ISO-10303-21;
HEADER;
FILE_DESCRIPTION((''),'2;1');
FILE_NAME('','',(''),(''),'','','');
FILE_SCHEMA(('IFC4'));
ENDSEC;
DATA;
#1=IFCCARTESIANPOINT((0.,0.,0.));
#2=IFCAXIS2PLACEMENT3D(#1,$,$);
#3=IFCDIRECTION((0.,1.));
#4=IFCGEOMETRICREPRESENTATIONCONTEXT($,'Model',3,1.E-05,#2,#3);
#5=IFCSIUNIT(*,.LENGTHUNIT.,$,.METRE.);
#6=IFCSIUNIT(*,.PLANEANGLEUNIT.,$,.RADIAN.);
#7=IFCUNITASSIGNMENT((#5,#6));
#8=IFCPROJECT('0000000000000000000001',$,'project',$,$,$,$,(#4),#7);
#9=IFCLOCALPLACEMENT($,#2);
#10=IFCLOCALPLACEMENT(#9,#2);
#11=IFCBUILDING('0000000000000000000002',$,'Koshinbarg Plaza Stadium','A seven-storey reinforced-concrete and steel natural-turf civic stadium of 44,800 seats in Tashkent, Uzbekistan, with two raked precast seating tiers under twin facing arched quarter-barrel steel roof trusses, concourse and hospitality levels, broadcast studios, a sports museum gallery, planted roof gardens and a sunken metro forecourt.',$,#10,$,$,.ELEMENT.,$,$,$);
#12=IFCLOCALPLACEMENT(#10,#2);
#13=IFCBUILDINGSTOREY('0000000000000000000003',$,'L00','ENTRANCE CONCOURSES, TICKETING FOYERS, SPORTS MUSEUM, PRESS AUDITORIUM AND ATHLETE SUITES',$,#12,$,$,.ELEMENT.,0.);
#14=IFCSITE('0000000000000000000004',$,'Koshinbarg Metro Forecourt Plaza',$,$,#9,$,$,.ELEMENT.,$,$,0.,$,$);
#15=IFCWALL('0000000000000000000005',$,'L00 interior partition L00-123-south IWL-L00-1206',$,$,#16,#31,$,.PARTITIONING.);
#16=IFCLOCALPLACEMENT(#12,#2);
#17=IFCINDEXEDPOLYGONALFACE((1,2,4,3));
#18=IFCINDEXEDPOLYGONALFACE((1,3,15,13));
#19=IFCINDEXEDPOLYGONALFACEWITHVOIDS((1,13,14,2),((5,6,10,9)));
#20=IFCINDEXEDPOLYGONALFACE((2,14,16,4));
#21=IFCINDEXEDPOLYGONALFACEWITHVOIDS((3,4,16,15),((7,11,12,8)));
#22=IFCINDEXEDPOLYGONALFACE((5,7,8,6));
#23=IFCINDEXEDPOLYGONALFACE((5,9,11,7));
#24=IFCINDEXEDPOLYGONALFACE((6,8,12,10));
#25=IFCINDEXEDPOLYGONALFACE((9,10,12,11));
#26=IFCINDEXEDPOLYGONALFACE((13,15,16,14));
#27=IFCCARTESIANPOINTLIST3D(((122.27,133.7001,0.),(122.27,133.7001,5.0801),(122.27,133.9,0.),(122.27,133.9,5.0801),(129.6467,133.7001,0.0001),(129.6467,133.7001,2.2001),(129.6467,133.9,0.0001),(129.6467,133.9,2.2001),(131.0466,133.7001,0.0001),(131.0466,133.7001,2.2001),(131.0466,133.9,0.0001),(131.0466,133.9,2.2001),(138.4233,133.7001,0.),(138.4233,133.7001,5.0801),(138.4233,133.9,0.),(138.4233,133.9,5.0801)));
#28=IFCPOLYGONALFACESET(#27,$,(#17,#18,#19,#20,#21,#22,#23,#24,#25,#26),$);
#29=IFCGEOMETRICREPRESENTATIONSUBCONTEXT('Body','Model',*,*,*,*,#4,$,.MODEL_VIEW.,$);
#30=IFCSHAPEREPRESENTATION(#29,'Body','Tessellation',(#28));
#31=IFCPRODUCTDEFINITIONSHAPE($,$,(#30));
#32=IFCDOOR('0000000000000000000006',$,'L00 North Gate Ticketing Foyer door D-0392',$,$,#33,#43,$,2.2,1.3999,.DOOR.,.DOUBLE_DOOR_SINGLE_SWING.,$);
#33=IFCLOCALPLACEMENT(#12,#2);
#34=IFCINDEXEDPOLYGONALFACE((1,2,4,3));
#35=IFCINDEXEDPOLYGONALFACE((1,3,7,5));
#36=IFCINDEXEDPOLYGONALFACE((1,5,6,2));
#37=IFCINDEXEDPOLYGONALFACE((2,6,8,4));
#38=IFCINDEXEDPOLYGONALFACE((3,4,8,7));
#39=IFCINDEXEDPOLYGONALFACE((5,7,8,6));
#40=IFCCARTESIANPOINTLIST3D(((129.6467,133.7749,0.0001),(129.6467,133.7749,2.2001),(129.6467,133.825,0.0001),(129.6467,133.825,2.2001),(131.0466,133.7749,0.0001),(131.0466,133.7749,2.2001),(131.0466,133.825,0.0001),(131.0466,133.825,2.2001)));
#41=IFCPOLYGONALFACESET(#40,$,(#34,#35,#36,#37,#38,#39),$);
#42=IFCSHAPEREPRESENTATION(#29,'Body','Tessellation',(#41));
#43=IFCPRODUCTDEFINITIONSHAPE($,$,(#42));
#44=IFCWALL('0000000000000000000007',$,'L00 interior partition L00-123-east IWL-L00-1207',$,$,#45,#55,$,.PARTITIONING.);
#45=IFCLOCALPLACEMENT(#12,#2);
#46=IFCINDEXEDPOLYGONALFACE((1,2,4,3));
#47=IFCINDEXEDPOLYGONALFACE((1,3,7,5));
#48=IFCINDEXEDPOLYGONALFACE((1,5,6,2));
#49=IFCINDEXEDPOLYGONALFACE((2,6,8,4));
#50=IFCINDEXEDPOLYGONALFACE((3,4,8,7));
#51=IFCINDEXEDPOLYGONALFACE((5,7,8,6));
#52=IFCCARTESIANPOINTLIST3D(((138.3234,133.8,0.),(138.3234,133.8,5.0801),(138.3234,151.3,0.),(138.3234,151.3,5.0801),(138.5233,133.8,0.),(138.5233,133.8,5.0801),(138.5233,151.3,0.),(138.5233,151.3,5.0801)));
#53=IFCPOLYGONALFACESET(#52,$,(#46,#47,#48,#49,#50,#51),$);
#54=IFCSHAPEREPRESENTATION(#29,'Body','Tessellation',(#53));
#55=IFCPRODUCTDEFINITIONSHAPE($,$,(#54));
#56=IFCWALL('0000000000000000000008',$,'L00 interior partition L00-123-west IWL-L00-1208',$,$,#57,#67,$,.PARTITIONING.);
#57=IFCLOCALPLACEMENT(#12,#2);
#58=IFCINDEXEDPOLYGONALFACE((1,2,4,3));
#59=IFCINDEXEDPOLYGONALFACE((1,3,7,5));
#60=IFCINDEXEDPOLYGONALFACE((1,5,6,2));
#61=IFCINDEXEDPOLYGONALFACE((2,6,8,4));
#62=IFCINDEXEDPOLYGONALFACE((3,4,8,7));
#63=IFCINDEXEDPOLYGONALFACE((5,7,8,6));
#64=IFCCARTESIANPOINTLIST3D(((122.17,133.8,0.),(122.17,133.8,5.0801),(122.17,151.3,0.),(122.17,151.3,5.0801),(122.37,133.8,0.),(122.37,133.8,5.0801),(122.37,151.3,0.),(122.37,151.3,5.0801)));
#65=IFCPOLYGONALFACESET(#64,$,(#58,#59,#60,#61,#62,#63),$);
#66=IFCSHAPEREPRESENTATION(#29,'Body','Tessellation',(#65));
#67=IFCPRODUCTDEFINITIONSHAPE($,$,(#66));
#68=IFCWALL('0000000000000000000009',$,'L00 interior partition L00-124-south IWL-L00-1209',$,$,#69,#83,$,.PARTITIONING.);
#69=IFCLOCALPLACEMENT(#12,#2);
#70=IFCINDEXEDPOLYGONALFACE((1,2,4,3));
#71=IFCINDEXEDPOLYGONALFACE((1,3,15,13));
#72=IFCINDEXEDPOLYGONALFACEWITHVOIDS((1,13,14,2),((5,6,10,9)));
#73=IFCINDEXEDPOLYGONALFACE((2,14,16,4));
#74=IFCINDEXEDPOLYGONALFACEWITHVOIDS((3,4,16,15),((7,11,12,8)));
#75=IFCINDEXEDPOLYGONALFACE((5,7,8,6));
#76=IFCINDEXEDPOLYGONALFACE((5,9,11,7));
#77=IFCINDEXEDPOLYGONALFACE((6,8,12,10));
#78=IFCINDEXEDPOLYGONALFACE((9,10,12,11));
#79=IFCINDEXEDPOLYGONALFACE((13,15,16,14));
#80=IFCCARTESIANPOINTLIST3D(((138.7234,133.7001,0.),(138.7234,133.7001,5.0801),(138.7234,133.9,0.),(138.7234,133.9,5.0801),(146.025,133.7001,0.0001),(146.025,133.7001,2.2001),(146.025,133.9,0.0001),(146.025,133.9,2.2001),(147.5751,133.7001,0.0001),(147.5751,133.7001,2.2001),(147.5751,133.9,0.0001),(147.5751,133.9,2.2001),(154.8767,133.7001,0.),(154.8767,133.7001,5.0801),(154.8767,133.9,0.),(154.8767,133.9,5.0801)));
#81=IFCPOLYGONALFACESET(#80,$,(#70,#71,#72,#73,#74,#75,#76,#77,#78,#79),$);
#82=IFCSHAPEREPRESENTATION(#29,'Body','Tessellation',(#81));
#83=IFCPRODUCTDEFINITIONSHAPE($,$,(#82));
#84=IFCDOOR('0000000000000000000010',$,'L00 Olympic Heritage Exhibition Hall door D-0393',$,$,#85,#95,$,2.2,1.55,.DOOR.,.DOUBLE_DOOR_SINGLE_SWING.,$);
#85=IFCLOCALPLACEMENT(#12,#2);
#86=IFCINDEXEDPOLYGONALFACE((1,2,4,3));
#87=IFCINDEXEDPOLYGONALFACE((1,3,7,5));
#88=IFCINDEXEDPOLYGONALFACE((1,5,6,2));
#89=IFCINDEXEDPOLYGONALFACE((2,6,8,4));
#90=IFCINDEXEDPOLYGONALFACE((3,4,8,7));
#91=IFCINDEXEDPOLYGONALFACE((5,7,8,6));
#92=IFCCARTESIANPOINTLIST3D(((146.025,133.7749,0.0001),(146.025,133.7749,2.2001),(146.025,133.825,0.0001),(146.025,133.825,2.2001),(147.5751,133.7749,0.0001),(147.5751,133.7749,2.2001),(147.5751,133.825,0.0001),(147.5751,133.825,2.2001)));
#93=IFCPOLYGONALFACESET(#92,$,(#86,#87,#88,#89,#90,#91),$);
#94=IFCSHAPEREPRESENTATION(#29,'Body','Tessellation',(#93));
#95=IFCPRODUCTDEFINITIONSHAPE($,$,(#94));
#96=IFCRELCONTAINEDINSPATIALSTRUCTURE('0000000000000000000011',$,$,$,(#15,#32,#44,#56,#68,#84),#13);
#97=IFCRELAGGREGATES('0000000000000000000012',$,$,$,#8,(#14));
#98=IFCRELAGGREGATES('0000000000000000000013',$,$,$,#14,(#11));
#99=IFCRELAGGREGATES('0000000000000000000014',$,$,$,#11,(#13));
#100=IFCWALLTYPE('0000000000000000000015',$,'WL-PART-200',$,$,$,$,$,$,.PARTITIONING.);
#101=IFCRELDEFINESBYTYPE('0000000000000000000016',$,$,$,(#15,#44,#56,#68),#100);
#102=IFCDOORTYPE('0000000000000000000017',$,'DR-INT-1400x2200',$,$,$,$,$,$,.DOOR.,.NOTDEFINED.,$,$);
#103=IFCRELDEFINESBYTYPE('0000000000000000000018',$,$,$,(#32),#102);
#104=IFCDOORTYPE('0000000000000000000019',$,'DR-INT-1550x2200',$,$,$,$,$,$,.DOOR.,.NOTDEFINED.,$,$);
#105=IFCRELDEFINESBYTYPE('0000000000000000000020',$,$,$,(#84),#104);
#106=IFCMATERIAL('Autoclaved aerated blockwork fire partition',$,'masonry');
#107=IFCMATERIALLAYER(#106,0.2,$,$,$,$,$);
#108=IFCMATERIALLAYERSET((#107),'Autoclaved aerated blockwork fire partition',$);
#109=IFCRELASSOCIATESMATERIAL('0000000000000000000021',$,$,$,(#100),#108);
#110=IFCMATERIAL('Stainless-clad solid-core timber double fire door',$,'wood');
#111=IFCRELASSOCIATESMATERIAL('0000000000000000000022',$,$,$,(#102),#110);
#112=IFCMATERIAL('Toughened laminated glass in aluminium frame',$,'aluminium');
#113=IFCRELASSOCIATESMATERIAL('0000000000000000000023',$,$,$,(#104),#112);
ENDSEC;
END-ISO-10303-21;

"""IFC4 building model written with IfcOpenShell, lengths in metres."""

from ifc_helpers import new_model, si_unit, direction, frame, frame_2d, origin, place, context, subcontext, project, spatial, rectangle, extrude, material, layer, layer_set, type_object, element, fill, save


model = new_model("IFC4")

# Units and contexts
model_context = context("Model", 3, precision=1e-05, world=origin(), true_north=direction((0.0, 1.0)))
body_context = subcontext(model_context, "Body", "Model", "MODEL_VIEW")
ifc_project = project(units=[si_unit("LENGTHUNIT", "METRE"), si_unit("PLANEANGLEUNIT", "RADIAN")], contexts=[model_context])

# Site, building, storey
site_placement = place(None, origin())
site = spatial("IfcSite", under=ifc_project, at=site_placement, Name="Koshinbarg Metro Forecourt Plaza", CompositionType="ELEMENT", RefElevation=0.0)
building_placement = place(site_placement, origin())
building = spatial("IfcBuilding", under=site, at=building_placement, Name="Koshinbarg Plaza Stadium", Description="A seven-storey reinforced-concrete and steel natural-turf civic stadium of 44,800 seats in Tashkent, Uzbekistan, with two raked precast seating tiers under twin facing arched quarter-barrel steel roof trusses, concourse and hospitality levels, broadcast studios, a sports museum gallery, planted roof gardens and a sunken metro forecourt.", CompositionType="ELEMENT")
storey_placement = place(building_placement, origin())
storey = spatial("IfcBuildingStorey", under=building, at=storey_placement, Name="L00", Description="ENTRANCE CONCOURSES, TICKETING FOYERS, SPORTS MUSEUM, PRESS AUDITORIUM AND ATHLETE SUITES", CompositionType="ELEMENT", Elevation=0.0)

# Shared definitions
ifc_material_1 = material(Name="Autoclaved aerated blockwork fire partition", Category="masonry")
ifc_layer_1 = layer(ifc_material_1, 0.2)
ifc_layer_set_1 = layer_set([ifc_layer_1], Name="Autoclaved aerated blockwork fire partition")
wall_type_1 = type_object("IfcWallType", Name="WL-PART-200", PredefinedType="PARTITIONING", material=ifc_layer_set_1)

# Wall, opening, door
wall_1_placement = place(storey_placement, frame((122.27, 133.8, 0.0), z_axis=(0.0, 0.0, 1.0), x_axis=(1.0, 0.0, 0.0)))
wall_1 = element("IfcWall", 1, at=wall_1_placement, inside=storey, type_object=wall_type_1, Name="L00 interior partition L00-123-south IWL-L00-1206", PredefinedType="PARTITIONING", context=body_context, shape_type="SweptSolid", body=[
    extrude(rectangle(XDim=16.1533, YDim=0.2, at=frame_2d((8.0767, 0.0))), origin(), (0.0, 0.0, 1.0), 5.0801),
])
opening_1_placement = place(wall_1_placement, frame((7.3767, 0.0, 0.0)))
opening_1 = element("IfcOpeningElement", 2, at=opening_1_placement, cuts=wall_1, PredefinedType="OPENING", context=body_context, shape_type="SweptSolid", body=[
    extrude(rectangle(XDim=1.3999, YDim=2.2, at=frame_2d((0.7, 1.1001))), frame((0.0, 0.1099, 0.0), z_axis=(0.0, -1.0, 0.0), x_axis=(1.0, 0.0, 0.0)), (0.0, 0.0, 1.0), 0.22),
])
ifc_material_2 = material(Name="Stainless-clad solid-core timber double fire door", Category="wood")
door_type_1 = type_object("IfcDoorType", Name="DR-INT-1400x2200", OperationType="NOTDEFINED", PredefinedType="DOOR", material=ifc_material_2)
door_1_placement = place(opening_1_placement, origin())
door_1 = element("IfcDoor", 3, at=door_1_placement, inside=storey, type_object=door_type_1, Name="L00 North Gate Ticketing Foyer door D-0392", OperationType="DOUBLE_DOOR_SINGLE_SWING", OverallHeight=2.2, OverallWidth=1.3999, PredefinedType="DOOR", context=body_context, shape_type="SweptSolid", body=[
    extrude(rectangle(XDim=1.3999, YDim=2.2, at=frame_2d((0.7, 1.1001))), frame((0.0, 0.0249, 0.0), z_axis=(0.0, -1.0, 0.0), x_axis=(1.0, 0.0, 0.0)), (0.0, 0.0, 1.0), 0.05),
])
fill(opening_1, door_1)

# Walls
for number, where, z_axis, x_axis, name in (
    (4, (138.4233, 133.8, 0.0), (0.0, 0.0, 1.0), (0.0, 1.0, 0.0), "L00 interior partition L00-123-east IWL-L00-1207"),
    (5, (122.27, 151.3, 0.0), (0.0, 0.0, 1.0), (0.0, -1.0, 0.0), "L00 interior partition L00-123-west IWL-L00-1208"),
):
    element("IfcWall", number, at=place(storey_placement, frame(where, z_axis=z_axis, x_axis=x_axis)), inside=storey, type_object=wall_type_1, Name=name, PredefinedType="PARTITIONING", context=body_context, shape_type="SweptSolid", body=[
        extrude(rectangle(XDim=17.5, YDim=0.2, at=frame_2d((8.75, 0.0))), origin(), (0.0, 0.0, 1.0), 5.0801),
    ])

# Wall, opening, door
wall_2_placement = place(storey_placement, frame((138.7234, 133.8, 0.0), z_axis=(0.0, 0.0, 1.0), x_axis=(1.0, 0.0, 0.0)))
wall_2 = element("IfcWall", 6, at=wall_2_placement, inside=storey, type_object=wall_type_1, Name="L00 interior partition L00-124-south IWL-L00-1209", PredefinedType="PARTITIONING", context=body_context, shape_type="SweptSolid", body=[
    extrude(rectangle(XDim=16.1533, YDim=0.2, at=frame_2d((8.0767, 0.0))), origin(), (0.0, 0.0, 1.0), 5.0801),
])
opening_2_placement = place(wall_2_placement, frame((7.3018, 0.0, 0.0)))
opening_2 = element("IfcOpeningElement", 7, at=opening_2_placement, cuts=wall_2, PredefinedType="OPENING", context=body_context, shape_type="SweptSolid", body=[
    extrude(rectangle(XDim=1.55, YDim=2.2, at=frame_2d((0.7749, 1.1001))), frame((0.0, 0.1099, 0.0), z_axis=(0.0, -1.0, 0.0), x_axis=(1.0, 0.0, 0.0)), (0.0, 0.0, 1.0), 0.22),
])
ifc_material_3 = material(Name="Toughened laminated glass in aluminium frame", Category="aluminium")
door_type_2 = type_object("IfcDoorType", Name="DR-INT-1550x2200", OperationType="NOTDEFINED", PredefinedType="DOOR", material=ifc_material_3)
door_2_placement = place(opening_2_placement, origin())
door_2 = element("IfcDoor", 8, at=door_2_placement, inside=storey, type_object=door_type_2, Name="L00 Olympic Heritage Exhibition Hall door D-0393", OperationType="DOUBLE_DOOR_SINGLE_SWING", OverallHeight=2.2, OverallWidth=1.55, PredefinedType="DOOR", context=body_context, shape_type="SweptSolid", body=[
    extrude(rectangle(XDim=1.55, YDim=2.2, at=frame_2d((0.7749, 1.1001))), frame((0.0, 0.0249, 0.0), z_axis=(0.0, -1.0, 0.0), x_axis=(1.0, 0.0, 0.0)), (0.0, 0.0, 1.0), 0.05),
])
fill(opening_2, door_2)

save(model, "model.ifc")
